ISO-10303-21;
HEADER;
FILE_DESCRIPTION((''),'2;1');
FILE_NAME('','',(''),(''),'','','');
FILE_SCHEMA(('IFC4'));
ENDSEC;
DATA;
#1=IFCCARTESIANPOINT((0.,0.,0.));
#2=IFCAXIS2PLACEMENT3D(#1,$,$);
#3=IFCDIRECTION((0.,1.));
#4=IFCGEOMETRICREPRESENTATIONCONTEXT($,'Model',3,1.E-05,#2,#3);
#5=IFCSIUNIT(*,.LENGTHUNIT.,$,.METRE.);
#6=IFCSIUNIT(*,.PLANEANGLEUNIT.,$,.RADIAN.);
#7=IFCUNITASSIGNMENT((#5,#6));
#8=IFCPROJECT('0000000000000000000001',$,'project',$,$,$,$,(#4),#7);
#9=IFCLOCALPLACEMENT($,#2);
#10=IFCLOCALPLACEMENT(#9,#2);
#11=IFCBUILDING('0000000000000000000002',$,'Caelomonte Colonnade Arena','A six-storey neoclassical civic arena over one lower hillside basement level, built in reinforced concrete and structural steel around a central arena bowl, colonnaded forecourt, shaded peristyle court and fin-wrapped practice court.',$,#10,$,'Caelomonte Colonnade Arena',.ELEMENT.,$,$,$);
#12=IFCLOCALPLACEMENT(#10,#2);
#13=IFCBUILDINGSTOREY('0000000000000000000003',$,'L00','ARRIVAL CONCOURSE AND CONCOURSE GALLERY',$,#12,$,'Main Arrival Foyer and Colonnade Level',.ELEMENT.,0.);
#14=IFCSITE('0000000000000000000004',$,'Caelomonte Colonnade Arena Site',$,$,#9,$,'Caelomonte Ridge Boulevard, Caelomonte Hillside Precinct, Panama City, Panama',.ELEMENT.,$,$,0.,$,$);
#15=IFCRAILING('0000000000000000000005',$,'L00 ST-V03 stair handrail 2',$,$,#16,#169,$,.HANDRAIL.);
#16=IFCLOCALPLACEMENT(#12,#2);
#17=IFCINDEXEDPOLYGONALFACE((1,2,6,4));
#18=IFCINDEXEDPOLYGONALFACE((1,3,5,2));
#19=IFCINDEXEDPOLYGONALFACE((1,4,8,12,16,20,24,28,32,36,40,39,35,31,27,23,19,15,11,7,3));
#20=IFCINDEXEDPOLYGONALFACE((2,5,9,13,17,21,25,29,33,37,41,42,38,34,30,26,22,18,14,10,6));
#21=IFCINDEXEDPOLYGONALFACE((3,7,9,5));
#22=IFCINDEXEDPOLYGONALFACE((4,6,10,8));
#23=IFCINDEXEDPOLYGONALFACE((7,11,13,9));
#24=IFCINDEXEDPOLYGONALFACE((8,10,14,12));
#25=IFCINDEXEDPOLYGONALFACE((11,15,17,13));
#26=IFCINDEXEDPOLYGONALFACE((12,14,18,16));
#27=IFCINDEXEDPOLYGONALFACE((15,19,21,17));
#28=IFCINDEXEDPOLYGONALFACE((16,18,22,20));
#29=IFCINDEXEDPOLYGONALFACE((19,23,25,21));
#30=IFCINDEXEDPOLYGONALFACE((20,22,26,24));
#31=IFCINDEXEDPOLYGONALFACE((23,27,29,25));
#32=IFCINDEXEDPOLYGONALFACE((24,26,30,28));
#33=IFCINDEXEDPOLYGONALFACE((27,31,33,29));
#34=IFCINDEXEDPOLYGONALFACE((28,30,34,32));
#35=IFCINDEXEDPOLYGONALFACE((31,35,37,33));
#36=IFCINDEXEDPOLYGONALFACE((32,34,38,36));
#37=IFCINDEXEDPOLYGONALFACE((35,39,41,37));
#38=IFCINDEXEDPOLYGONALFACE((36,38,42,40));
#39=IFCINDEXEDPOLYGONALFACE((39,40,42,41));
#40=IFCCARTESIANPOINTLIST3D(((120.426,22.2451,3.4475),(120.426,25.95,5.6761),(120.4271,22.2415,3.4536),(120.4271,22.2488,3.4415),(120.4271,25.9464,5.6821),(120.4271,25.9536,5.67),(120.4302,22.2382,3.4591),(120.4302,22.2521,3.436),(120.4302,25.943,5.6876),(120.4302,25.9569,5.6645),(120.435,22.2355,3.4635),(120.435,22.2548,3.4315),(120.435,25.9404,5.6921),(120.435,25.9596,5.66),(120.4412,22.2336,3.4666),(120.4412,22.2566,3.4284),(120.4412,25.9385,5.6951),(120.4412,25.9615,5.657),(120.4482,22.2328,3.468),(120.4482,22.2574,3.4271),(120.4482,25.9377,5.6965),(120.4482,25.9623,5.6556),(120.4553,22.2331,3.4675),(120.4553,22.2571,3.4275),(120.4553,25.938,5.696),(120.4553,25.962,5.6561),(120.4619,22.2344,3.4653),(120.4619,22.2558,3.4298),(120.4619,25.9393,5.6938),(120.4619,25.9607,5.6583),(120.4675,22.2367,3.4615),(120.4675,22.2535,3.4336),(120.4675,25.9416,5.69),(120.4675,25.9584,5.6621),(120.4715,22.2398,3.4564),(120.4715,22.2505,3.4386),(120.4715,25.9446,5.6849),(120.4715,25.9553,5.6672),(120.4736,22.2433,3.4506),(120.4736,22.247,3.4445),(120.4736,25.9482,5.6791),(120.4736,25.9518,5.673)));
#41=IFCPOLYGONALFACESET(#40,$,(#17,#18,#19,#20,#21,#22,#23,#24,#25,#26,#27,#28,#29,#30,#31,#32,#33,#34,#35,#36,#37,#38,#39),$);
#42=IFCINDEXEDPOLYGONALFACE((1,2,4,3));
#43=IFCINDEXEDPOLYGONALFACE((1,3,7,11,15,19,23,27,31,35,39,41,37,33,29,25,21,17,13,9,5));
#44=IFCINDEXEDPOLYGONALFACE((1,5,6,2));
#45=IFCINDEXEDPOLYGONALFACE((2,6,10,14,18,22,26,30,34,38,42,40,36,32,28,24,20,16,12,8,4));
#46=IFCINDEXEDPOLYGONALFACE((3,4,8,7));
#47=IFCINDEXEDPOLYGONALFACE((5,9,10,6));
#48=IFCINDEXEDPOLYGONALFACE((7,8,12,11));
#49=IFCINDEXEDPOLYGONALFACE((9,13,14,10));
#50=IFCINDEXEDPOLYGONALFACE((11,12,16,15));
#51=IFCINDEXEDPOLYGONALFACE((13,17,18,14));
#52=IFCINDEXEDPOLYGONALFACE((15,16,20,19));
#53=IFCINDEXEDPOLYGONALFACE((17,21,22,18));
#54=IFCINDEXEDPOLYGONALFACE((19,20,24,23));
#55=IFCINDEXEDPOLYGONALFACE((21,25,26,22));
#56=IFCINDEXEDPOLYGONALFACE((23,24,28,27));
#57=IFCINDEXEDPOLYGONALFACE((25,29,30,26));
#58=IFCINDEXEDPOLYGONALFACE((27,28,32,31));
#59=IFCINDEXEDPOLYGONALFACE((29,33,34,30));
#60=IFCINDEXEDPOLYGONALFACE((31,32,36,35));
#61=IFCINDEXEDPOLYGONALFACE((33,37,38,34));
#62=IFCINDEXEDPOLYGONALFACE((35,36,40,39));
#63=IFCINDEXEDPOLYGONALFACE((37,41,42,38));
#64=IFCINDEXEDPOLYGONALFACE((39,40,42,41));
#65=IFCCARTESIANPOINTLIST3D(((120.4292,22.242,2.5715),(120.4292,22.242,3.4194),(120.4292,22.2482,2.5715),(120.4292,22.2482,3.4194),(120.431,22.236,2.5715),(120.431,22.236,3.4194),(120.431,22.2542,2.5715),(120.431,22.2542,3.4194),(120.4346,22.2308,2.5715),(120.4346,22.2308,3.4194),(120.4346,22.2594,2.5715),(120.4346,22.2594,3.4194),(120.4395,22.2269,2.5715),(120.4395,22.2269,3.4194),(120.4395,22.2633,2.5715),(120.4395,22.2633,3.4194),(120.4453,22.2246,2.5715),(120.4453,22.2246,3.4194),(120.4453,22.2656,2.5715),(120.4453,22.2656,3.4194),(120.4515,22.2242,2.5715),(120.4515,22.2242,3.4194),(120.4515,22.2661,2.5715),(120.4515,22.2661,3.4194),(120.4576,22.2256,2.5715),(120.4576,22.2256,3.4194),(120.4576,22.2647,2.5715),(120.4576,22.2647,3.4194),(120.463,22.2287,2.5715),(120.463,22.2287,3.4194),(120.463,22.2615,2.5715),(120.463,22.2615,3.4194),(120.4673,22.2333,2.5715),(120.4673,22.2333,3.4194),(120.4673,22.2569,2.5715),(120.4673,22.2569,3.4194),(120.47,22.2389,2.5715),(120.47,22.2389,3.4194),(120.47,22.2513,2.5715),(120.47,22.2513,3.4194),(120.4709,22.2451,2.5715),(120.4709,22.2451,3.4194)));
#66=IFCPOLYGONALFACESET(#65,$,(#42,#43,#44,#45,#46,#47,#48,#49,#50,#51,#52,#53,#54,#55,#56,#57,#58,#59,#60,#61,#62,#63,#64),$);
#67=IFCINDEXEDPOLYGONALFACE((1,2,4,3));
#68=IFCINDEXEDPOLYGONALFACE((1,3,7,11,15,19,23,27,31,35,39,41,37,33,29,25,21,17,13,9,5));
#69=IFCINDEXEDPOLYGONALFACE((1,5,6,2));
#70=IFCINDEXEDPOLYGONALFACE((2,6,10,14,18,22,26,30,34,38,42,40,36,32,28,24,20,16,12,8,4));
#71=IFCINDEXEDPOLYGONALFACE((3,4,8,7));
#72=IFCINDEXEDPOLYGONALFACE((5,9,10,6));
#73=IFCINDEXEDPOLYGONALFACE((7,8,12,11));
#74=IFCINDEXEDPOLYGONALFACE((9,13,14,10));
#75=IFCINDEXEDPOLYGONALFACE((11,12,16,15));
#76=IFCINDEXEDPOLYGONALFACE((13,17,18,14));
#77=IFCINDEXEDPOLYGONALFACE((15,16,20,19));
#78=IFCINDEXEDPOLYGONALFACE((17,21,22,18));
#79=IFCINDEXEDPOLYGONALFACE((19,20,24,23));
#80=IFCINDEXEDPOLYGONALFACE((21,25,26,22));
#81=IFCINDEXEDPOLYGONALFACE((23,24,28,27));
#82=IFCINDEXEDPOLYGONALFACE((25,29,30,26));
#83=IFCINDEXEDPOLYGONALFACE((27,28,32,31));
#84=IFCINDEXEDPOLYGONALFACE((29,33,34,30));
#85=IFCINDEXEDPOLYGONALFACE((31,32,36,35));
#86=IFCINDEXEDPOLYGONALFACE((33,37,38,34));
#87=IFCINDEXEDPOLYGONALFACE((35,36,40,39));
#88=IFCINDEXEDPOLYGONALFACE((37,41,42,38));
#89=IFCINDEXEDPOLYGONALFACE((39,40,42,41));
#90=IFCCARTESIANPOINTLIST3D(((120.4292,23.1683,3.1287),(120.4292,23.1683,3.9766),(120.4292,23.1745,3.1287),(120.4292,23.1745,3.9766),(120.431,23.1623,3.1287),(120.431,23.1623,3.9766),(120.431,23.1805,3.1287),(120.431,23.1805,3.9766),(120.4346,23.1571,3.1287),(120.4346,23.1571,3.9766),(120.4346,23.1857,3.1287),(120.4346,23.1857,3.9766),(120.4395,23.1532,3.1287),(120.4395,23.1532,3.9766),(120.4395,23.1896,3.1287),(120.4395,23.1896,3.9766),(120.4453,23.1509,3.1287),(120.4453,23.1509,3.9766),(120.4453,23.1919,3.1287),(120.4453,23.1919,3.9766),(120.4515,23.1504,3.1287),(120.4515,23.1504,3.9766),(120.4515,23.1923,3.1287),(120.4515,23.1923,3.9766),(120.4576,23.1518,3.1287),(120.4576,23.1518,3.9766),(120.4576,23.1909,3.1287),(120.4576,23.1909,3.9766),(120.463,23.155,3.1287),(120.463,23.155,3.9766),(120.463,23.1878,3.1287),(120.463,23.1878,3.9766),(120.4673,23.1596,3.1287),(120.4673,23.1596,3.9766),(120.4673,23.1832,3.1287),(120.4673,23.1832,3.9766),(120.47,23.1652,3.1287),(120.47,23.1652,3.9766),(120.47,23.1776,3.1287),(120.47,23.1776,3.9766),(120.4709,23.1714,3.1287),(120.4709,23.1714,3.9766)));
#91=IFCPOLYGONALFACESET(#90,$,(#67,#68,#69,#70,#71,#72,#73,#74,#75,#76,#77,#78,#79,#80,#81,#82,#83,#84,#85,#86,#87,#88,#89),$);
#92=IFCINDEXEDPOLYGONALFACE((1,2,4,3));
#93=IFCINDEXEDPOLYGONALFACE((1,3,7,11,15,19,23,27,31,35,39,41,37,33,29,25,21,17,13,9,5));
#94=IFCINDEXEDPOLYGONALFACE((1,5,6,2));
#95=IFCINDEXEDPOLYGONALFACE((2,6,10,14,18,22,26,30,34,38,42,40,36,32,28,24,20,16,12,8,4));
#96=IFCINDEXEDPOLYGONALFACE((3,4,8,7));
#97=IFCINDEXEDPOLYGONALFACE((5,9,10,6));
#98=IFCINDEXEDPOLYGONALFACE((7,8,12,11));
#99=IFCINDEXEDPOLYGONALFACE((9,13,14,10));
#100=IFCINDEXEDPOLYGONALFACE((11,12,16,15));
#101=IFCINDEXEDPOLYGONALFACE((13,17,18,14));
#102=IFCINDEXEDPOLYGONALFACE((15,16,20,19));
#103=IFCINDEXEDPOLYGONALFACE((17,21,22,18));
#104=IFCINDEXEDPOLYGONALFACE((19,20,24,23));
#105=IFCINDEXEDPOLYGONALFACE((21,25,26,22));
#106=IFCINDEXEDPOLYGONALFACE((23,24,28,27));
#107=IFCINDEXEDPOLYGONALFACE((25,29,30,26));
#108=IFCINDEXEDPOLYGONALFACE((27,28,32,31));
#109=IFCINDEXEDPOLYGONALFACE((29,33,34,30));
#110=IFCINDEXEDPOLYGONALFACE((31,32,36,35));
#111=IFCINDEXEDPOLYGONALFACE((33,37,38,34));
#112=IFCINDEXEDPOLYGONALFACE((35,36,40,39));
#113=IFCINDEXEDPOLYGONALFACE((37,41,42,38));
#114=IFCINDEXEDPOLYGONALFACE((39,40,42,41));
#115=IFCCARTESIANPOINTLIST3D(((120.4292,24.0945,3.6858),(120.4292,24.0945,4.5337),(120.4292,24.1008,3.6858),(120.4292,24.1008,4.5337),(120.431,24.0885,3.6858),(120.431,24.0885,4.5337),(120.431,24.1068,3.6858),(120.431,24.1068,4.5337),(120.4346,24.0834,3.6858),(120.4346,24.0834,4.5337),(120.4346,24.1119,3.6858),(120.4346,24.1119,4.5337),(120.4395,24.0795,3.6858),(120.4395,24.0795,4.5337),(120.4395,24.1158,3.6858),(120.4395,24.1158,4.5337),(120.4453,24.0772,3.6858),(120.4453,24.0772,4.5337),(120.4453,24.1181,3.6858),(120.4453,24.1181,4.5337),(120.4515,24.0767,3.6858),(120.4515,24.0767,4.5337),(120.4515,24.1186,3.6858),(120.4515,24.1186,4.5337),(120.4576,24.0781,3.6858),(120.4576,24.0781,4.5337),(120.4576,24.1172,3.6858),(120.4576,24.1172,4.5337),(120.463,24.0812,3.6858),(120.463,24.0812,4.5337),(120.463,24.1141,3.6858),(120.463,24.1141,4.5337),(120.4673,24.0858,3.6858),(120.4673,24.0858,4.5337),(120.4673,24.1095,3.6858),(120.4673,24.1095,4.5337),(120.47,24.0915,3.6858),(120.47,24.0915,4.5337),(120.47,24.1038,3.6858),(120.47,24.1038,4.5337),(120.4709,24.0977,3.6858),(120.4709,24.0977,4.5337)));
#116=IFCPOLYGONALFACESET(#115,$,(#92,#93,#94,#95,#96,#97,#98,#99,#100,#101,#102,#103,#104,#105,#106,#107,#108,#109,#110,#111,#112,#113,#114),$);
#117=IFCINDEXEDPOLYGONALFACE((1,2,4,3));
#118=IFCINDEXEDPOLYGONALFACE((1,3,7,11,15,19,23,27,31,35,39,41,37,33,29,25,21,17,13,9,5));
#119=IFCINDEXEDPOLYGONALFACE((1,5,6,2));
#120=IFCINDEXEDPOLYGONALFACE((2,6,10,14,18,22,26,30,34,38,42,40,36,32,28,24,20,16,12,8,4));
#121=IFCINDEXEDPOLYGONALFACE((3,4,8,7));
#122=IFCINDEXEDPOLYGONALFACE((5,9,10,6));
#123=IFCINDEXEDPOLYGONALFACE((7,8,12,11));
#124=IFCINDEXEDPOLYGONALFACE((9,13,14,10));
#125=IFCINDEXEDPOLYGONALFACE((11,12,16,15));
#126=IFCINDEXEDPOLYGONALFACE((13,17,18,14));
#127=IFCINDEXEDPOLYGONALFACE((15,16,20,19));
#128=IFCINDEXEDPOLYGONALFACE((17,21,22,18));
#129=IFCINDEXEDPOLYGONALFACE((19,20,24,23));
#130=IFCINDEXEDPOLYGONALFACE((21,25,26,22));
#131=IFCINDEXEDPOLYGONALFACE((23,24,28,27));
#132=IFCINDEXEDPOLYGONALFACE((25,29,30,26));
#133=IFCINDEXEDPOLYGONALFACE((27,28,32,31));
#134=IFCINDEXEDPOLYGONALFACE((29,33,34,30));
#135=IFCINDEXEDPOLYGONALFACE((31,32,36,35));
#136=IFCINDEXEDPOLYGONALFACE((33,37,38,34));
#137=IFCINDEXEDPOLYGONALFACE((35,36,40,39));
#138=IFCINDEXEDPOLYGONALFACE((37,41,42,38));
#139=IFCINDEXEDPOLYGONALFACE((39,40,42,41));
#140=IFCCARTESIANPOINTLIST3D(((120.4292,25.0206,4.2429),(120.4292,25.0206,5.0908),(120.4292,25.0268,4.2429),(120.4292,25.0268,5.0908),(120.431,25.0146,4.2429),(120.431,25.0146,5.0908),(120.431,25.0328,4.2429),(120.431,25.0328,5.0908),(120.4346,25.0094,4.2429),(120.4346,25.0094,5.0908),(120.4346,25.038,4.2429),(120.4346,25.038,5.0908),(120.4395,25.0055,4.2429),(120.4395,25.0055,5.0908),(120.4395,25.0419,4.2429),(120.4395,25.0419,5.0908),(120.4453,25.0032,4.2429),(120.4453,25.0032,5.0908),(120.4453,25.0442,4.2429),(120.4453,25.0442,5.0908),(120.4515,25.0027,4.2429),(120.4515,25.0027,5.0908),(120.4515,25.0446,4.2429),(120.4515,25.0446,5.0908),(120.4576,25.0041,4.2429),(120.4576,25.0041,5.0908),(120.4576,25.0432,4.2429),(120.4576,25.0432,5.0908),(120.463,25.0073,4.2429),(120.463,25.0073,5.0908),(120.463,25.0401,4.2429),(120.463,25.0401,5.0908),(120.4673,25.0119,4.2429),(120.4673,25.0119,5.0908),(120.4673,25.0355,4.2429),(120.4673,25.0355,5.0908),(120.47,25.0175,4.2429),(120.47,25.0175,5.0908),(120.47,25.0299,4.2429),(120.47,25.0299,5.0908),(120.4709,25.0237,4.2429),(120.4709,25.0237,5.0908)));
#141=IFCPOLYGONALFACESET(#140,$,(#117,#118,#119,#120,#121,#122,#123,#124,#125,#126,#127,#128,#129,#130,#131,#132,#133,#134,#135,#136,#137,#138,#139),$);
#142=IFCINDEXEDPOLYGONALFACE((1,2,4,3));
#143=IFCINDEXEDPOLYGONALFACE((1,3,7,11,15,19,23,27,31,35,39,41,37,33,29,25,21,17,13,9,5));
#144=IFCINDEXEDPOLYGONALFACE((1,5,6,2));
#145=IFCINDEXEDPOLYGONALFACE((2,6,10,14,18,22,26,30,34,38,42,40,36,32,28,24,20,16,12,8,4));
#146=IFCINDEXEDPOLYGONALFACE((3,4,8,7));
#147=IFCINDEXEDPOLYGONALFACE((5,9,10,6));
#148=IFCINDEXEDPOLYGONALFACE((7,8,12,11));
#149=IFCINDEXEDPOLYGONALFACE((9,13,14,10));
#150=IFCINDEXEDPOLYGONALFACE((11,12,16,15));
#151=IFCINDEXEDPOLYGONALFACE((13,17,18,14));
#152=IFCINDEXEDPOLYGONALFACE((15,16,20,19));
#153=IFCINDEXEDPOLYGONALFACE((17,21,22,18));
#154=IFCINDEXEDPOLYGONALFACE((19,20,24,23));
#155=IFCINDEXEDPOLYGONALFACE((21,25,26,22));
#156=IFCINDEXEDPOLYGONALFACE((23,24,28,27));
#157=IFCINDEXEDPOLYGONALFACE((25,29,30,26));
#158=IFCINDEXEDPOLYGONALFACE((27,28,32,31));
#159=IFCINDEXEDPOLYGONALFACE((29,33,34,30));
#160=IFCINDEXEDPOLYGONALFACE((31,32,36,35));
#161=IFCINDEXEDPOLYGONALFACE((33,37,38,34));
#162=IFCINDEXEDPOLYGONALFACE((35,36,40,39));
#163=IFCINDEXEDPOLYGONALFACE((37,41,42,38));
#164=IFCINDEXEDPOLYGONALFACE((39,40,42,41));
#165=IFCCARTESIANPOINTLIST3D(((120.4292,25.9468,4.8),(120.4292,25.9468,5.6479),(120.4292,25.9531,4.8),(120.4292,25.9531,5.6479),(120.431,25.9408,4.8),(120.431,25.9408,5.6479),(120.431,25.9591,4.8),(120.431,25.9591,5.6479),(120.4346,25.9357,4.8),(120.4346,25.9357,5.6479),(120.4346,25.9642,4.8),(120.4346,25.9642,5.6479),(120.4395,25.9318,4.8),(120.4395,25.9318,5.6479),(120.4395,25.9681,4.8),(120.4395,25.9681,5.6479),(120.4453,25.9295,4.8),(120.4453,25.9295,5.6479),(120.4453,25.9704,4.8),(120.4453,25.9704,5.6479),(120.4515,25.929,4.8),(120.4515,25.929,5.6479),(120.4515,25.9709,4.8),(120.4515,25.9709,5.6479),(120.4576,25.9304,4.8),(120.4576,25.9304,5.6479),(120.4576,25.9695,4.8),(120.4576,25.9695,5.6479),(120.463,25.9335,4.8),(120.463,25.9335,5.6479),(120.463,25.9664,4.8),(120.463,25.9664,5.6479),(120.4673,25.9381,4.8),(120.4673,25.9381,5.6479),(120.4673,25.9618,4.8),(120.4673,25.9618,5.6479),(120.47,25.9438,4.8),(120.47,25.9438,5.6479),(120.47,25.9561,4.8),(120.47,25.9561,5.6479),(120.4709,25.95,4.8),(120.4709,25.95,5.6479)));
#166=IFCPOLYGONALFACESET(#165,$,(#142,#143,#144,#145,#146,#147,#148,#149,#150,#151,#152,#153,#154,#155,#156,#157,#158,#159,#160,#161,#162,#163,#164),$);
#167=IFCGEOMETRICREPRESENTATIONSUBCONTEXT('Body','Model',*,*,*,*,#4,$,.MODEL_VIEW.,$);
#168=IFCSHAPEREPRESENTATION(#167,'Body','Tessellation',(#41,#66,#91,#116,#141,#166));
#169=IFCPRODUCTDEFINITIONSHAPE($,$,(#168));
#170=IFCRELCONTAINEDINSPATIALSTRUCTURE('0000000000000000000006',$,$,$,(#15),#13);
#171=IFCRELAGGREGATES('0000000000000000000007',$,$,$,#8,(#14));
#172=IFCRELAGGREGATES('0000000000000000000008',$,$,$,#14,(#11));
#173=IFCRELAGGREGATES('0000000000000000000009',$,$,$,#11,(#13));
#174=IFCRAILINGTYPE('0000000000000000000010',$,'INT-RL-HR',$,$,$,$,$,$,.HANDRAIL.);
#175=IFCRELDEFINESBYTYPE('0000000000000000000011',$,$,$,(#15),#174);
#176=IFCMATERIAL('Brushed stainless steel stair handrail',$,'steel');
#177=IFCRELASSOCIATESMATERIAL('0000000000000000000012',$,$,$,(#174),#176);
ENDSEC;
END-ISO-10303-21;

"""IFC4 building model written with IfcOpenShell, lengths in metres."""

from ifc_helpers import new_model, si_unit, direction, frame, origin, origin_2d, place, context, subcontext, project, spatial, circle, extrude, material, type_object, element, save


model = new_model("IFC4")

# Units and contexts
model_context = context("Model", 3, precision=1e-05, world=origin(), true_north=direction((0.0, 1.0)))
body_context = subcontext(model_context, "Body", "Model", "MODEL_VIEW")
ifc_project = project(units=[si_unit("LENGTHUNIT", "METRE"), si_unit("PLANEANGLEUNIT", "RADIAN")], contexts=[model_context])

# Site, building, storey
site_placement = place(None, origin())
site = spatial("IfcSite", under=ifc_project, at=site_placement, Name="Caelomonte Colonnade Arena Site", LongName="Caelomonte Ridge Boulevard, Caelomonte Hillside Precinct, Panama City, Panama", CompositionType="ELEMENT", RefElevation=0.0)
building_placement = place(site_placement, origin())
building = spatial("IfcBuilding", under=site, at=building_placement, Name="Caelomonte Colonnade Arena", Description="A six-storey neoclassical civic arena over one lower hillside basement level, built in reinforced concrete and structural steel around a central arena bowl, colonnaded forecourt, shaded peristyle court and fin-wrapped practice court.", LongName="Caelomonte Colonnade Arena", CompositionType="ELEMENT")
storey_placement = place(building_placement, origin())
storey = spatial("IfcBuildingStorey", under=building, at=storey_placement, Name="L00", Description="ARRIVAL CONCOURSE AND CONCOURSE GALLERY", LongName="Main Arrival Foyer and Colonnade Level", CompositionType="ELEMENT", Elevation=0.0)

# Railing
ifc_material_1 = material(Name="Brushed stainless steel stair handrail", Category="steel")
railing_type_1 = type_object("IfcRailingType", Name="INT-RL-HR", PredefinedType="HANDRAIL", material=ifc_material_1)
railing_1_placement = place(storey_placement, frame((120.45, 22.2451, 2.5715)))
element("IfcRailing", 1, at=railing_1_placement, inside=storey, type_object=railing_type_1, Name="L00 ST-V03 stair handrail 2", PredefinedType="HANDRAIL", context=body_context, shape_type="SweptSolid", body=[
    extrude(circle(Radius=0.0239, at=origin_2d()), frame((0.0, 0.0, 0.876), z_axis=(0.0, 0.856919, 0.51545), x_axis=(-1.0, 0.0, 0.0)), (0.0, 0.0, 1.0), 4.3235),
    extrude(circle(Radius=0.021, at=origin_2d()), origin(), (0.0, 0.0, 1.0), 0.8479),
    extrude(circle(Radius=0.021, at=origin_2d()), frame((0.0, 0.9263, 0.5571)), (0.0, 0.0, 1.0), 0.8479),
    extrude(circle(Radius=0.021, at=origin_2d()), frame((0.0, 1.8525, 1.1143)), (0.0, 0.0, 1.0), 0.8479),
    extrude(circle(Radius=0.021, at=origin_2d()), frame((0.0, 2.7786, 1.6714)), (0.0, 0.0, 1.0), 0.8479),
    extrude(circle(Radius=0.021, at=origin_2d()), frame((0.0, 3.7048, 2.2285)), (0.0, 0.0, 1.0), 0.8479),
])

save(model, "model.ifc")
